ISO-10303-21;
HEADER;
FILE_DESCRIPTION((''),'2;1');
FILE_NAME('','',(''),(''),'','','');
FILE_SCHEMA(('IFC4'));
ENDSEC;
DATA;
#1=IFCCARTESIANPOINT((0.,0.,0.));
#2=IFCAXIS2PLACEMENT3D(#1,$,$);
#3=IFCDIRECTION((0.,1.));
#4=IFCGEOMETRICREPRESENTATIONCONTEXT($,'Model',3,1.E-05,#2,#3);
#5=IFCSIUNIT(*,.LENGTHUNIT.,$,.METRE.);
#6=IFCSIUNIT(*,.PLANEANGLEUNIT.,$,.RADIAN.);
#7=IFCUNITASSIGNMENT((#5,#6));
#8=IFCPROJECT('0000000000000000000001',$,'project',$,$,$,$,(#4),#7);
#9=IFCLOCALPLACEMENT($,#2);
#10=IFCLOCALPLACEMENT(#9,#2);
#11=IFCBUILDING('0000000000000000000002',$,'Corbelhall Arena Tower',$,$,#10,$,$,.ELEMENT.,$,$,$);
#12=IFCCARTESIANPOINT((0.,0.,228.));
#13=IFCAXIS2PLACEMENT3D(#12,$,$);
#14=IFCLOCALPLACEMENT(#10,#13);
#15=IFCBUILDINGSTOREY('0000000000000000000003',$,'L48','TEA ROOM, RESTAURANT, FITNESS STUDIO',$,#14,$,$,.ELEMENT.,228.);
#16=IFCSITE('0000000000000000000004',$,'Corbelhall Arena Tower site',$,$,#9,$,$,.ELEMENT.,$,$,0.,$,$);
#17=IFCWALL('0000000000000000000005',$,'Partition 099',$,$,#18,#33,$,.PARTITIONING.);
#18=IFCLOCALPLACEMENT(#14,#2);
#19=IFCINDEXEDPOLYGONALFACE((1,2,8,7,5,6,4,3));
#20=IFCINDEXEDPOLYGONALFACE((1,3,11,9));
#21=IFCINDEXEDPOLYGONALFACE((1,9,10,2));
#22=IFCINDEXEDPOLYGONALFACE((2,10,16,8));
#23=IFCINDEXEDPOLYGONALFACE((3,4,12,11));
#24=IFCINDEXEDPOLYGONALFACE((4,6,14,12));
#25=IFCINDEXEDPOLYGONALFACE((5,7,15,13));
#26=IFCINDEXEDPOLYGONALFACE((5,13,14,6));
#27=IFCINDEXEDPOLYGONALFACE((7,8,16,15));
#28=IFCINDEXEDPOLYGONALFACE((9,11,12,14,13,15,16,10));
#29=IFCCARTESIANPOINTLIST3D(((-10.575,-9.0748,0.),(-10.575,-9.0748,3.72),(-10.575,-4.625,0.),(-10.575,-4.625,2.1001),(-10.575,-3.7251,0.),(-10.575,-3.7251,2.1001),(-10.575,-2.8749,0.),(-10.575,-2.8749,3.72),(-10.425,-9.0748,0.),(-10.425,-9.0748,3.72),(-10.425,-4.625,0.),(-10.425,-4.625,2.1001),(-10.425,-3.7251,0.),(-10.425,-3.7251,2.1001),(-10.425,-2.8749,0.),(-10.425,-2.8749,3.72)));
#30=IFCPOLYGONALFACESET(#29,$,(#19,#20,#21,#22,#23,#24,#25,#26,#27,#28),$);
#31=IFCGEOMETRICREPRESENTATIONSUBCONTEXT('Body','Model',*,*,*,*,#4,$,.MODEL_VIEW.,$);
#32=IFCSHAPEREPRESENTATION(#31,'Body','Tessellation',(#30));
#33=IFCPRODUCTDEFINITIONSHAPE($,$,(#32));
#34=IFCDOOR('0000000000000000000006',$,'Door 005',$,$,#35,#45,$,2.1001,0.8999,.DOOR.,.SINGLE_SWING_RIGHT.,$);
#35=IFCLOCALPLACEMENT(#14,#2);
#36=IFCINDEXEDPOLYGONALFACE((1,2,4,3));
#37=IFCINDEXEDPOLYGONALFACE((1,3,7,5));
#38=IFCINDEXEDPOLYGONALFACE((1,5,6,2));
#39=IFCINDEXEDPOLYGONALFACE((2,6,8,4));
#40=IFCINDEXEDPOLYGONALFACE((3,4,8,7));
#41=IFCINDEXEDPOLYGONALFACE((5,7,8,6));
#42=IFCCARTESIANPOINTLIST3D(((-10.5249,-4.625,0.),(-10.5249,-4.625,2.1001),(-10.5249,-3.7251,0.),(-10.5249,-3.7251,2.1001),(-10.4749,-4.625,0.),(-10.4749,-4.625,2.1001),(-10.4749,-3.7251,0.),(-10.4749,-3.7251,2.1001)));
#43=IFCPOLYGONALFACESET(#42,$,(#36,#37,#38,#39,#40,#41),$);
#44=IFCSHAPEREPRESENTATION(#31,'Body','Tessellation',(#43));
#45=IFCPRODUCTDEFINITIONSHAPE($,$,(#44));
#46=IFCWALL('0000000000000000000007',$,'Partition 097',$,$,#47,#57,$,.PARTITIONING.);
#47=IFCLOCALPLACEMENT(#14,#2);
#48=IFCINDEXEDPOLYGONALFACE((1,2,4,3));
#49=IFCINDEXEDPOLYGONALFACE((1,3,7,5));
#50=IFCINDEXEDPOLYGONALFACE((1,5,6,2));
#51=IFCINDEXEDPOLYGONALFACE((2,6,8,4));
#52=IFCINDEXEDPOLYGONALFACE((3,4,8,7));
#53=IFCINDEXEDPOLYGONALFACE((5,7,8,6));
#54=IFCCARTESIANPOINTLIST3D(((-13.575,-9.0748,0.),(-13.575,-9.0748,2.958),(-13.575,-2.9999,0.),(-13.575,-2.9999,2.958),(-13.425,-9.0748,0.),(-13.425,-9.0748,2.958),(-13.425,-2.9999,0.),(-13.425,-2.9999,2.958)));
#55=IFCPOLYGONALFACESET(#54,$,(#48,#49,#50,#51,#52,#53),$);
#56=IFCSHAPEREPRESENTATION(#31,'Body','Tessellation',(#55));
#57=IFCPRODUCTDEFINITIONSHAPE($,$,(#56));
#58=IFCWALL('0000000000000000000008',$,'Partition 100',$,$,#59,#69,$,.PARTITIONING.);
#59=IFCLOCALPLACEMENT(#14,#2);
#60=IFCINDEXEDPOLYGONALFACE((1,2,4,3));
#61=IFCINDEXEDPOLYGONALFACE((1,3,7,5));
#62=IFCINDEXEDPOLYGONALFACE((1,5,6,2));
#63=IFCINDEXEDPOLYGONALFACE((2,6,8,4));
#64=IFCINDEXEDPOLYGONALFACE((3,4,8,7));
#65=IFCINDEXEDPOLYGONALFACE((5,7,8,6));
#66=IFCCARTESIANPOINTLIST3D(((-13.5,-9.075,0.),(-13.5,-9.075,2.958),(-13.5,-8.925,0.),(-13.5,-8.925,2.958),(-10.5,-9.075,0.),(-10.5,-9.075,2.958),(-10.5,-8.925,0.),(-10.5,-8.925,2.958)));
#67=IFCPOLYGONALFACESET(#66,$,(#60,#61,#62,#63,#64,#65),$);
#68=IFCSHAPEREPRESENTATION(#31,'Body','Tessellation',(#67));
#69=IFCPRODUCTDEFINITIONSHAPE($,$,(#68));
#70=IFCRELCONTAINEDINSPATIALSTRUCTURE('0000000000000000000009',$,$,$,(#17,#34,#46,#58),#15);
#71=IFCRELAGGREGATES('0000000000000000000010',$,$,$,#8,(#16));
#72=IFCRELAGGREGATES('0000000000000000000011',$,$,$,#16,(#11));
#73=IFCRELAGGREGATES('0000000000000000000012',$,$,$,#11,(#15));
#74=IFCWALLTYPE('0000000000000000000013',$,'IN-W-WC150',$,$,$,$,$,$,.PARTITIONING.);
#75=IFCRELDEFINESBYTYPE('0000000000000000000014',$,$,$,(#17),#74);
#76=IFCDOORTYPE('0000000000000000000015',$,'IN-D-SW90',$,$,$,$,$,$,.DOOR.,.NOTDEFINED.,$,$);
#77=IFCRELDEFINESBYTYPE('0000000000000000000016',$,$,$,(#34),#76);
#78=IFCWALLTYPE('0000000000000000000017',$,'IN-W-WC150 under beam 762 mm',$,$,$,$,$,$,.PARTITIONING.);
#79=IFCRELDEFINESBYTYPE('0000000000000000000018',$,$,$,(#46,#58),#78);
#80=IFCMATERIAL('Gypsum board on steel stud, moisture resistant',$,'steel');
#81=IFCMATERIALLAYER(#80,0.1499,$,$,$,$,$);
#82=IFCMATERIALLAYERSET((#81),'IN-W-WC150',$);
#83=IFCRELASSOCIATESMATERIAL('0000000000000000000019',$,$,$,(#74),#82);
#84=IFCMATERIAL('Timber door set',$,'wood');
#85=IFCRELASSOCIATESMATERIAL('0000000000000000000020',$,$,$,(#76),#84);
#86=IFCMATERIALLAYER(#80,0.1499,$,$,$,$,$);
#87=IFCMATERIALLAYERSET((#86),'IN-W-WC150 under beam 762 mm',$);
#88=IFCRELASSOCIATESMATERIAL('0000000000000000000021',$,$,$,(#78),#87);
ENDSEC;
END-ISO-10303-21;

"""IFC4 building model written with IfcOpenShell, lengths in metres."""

from ifc_helpers import new_model, si_unit, direction, frame, frame_2d, origin, place, context, subcontext, project, spatial, rectangle, extrude, material, layer, layer_set, type_object, element, fill, save


model = new_model("IFC4")

# Units and contexts
model_context = context("Model", 3, precision=1e-05, world=origin(), true_north=direction((0.0, 1.0)))
body_context = subcontext(model_context, "Body", "Model", "MODEL_VIEW")
ifc_project = project(units=[si_unit("LENGTHUNIT", "METRE"), si_unit("PLANEANGLEUNIT", "RADIAN")], contexts=[model_context])

# Site, building, storey
site_placement = place(None, origin())
site = spatial("IfcSite", under=ifc_project, at=site_placement, Name="Corbelhall Arena Tower site", CompositionType="ELEMENT", RefElevation=0.0)
building_placement = place(site_placement, origin())
building = spatial("IfcBuilding", under=site, at=building_placement, Name="Corbelhall Arena Tower", CompositionType="ELEMENT")
storey_placement = place(building_placement, frame((0.0, 0.0, 228.0)))
storey = spatial("IfcBuildingStorey", under=building, at=storey_placement, Name="L48", Description="TEA ROOM, RESTAURANT, FITNESS STUDIO", CompositionType="ELEMENT", Elevation=228.0)

# Wall, opening, door
ifc_material_1 = material(Name="Gypsum board on steel stud, moisture resistant", Category="steel")
ifc_layer_1 = layer(ifc_material_1, 0.1499)
ifc_layer_set_1 = layer_set([ifc_layer_1], Name="IN-W-WC150")
wall_type_1 = type_object("IfcWallType", Name="IN-W-WC150", PredefinedType="PARTITIONING", material=ifc_layer_set_1)
wall_1_placement = place(storey_placement, frame((-10.5, -9.075, 0.0), z_axis=(0.0, 0.0, 1.0), x_axis=(0.0, 1.0, 0.0)))
wall_1 = element("IfcWall", 1, at=wall_1_placement, inside=storey, type_object=wall_type_1, Name="Partition 099", PredefinedType="PARTITIONING", context=body_context, shape_type="SweptSolid", body=[
    extrude(rectangle(XDim=6.2, YDim=0.1499, at=frame_2d((3.1001, 0.0))), origin(), (0.0, 0.0, 1.0), 3.72),
])
opening_1_placement = place(wall_1_placement, frame((4.45, 0.0, 0.0)))
opening_1 = element("IfcOpeningElement", 2, at=opening_1_placement, cuts=wall_1, PredefinedType="OPENING", context=body_context, shape_type="SweptSolid", body=[
    extrude(rectangle(XDim=0.8999, YDim=2.1001, at=frame_2d((0.45, 1.05))), frame((0.0, 0.075, 0.0), z_axis=(0.0, -1.0, 0.0), x_axis=(1.0, 0.0, 0.0)), (0.0, 0.0, 1.0), 0.1499),
])
ifc_material_2 = material(Name="Timber door set", Category="wood")
door_type_1 = type_object("IfcDoorType", Name="IN-D-SW90", OperationType="NOTDEFINED", PredefinedType="DOOR", material=ifc_material_2)
door_1_placement = place(opening_1_placement, origin())
door_1 = element("IfcDoor", 3, at=door_1_placement, inside=storey, type_object=door_type_1, Name="Door 005", OperationType="SINGLE_SWING_RIGHT", OverallHeight=2.1001, OverallWidth=0.8999, PredefinedType="DOOR", context=body_context, shape_type="SweptSolid", body=[
    extrude(rectangle(XDim=0.8999, YDim=2.1001, at=frame_2d((0.45, 1.05))), frame((0.0, 0.0249, 0.0), z_axis=(0.0, -1.0, 0.0), x_axis=(1.0, 0.0, 0.0)), (0.0, 0.0, 1.0), 0.05),
])
fill(opening_1, door_1)

# Walls
ifc_layer_2 = layer(ifc_material_1, 0.1499)
ifc_layer_set_2 = layer_set([ifc_layer_2], Name="IN-W-WC150 under beam 762 mm")
wall_type_2 = type_object("IfcWallType", Name="IN-W-WC150 under beam 762 mm", PredefinedType="PARTITIONING", material=ifc_layer_set_2)
wall_2_placement = place(storey_placement, frame((-13.5, -9.075, 0.0), z_axis=(0.0, 0.0, 1.0), x_axis=(0.0, 1.0, 0.0)))
element("IfcWall", 4, at=wall_2_placement, inside=storey, type_object=wall_type_2, Name="Partition 097", PredefinedType="PARTITIONING", context=body_context, shape_type="SweptSolid", body=[
    extrude(rectangle(XDim=6.075, YDim=0.1499, at=frame_2d((3.0376, 0.0))), origin(), (0.0, 0.0, 1.0), 2.958),
])
wall_3_placement = place(storey_placement, frame((-10.5, -9.0, 0.0), z_axis=(0.0, 0.0, 1.0), x_axis=(-1.0, 0.0, 0.0)))
element("IfcWall", 5, at=wall_3_placement, inside=storey, type_object=wall_type_2, Name="Partition 100", PredefinedType="PARTITIONING", context=body_context, shape_type="SweptSolid", body=[
    extrude(rectangle(XDim=3.0, YDim=0.1499, at=frame_2d((1.5, 0.0))), origin(), (0.0, 0.0, 1.0), 2.958),
])

save(model, "model.ifc")
